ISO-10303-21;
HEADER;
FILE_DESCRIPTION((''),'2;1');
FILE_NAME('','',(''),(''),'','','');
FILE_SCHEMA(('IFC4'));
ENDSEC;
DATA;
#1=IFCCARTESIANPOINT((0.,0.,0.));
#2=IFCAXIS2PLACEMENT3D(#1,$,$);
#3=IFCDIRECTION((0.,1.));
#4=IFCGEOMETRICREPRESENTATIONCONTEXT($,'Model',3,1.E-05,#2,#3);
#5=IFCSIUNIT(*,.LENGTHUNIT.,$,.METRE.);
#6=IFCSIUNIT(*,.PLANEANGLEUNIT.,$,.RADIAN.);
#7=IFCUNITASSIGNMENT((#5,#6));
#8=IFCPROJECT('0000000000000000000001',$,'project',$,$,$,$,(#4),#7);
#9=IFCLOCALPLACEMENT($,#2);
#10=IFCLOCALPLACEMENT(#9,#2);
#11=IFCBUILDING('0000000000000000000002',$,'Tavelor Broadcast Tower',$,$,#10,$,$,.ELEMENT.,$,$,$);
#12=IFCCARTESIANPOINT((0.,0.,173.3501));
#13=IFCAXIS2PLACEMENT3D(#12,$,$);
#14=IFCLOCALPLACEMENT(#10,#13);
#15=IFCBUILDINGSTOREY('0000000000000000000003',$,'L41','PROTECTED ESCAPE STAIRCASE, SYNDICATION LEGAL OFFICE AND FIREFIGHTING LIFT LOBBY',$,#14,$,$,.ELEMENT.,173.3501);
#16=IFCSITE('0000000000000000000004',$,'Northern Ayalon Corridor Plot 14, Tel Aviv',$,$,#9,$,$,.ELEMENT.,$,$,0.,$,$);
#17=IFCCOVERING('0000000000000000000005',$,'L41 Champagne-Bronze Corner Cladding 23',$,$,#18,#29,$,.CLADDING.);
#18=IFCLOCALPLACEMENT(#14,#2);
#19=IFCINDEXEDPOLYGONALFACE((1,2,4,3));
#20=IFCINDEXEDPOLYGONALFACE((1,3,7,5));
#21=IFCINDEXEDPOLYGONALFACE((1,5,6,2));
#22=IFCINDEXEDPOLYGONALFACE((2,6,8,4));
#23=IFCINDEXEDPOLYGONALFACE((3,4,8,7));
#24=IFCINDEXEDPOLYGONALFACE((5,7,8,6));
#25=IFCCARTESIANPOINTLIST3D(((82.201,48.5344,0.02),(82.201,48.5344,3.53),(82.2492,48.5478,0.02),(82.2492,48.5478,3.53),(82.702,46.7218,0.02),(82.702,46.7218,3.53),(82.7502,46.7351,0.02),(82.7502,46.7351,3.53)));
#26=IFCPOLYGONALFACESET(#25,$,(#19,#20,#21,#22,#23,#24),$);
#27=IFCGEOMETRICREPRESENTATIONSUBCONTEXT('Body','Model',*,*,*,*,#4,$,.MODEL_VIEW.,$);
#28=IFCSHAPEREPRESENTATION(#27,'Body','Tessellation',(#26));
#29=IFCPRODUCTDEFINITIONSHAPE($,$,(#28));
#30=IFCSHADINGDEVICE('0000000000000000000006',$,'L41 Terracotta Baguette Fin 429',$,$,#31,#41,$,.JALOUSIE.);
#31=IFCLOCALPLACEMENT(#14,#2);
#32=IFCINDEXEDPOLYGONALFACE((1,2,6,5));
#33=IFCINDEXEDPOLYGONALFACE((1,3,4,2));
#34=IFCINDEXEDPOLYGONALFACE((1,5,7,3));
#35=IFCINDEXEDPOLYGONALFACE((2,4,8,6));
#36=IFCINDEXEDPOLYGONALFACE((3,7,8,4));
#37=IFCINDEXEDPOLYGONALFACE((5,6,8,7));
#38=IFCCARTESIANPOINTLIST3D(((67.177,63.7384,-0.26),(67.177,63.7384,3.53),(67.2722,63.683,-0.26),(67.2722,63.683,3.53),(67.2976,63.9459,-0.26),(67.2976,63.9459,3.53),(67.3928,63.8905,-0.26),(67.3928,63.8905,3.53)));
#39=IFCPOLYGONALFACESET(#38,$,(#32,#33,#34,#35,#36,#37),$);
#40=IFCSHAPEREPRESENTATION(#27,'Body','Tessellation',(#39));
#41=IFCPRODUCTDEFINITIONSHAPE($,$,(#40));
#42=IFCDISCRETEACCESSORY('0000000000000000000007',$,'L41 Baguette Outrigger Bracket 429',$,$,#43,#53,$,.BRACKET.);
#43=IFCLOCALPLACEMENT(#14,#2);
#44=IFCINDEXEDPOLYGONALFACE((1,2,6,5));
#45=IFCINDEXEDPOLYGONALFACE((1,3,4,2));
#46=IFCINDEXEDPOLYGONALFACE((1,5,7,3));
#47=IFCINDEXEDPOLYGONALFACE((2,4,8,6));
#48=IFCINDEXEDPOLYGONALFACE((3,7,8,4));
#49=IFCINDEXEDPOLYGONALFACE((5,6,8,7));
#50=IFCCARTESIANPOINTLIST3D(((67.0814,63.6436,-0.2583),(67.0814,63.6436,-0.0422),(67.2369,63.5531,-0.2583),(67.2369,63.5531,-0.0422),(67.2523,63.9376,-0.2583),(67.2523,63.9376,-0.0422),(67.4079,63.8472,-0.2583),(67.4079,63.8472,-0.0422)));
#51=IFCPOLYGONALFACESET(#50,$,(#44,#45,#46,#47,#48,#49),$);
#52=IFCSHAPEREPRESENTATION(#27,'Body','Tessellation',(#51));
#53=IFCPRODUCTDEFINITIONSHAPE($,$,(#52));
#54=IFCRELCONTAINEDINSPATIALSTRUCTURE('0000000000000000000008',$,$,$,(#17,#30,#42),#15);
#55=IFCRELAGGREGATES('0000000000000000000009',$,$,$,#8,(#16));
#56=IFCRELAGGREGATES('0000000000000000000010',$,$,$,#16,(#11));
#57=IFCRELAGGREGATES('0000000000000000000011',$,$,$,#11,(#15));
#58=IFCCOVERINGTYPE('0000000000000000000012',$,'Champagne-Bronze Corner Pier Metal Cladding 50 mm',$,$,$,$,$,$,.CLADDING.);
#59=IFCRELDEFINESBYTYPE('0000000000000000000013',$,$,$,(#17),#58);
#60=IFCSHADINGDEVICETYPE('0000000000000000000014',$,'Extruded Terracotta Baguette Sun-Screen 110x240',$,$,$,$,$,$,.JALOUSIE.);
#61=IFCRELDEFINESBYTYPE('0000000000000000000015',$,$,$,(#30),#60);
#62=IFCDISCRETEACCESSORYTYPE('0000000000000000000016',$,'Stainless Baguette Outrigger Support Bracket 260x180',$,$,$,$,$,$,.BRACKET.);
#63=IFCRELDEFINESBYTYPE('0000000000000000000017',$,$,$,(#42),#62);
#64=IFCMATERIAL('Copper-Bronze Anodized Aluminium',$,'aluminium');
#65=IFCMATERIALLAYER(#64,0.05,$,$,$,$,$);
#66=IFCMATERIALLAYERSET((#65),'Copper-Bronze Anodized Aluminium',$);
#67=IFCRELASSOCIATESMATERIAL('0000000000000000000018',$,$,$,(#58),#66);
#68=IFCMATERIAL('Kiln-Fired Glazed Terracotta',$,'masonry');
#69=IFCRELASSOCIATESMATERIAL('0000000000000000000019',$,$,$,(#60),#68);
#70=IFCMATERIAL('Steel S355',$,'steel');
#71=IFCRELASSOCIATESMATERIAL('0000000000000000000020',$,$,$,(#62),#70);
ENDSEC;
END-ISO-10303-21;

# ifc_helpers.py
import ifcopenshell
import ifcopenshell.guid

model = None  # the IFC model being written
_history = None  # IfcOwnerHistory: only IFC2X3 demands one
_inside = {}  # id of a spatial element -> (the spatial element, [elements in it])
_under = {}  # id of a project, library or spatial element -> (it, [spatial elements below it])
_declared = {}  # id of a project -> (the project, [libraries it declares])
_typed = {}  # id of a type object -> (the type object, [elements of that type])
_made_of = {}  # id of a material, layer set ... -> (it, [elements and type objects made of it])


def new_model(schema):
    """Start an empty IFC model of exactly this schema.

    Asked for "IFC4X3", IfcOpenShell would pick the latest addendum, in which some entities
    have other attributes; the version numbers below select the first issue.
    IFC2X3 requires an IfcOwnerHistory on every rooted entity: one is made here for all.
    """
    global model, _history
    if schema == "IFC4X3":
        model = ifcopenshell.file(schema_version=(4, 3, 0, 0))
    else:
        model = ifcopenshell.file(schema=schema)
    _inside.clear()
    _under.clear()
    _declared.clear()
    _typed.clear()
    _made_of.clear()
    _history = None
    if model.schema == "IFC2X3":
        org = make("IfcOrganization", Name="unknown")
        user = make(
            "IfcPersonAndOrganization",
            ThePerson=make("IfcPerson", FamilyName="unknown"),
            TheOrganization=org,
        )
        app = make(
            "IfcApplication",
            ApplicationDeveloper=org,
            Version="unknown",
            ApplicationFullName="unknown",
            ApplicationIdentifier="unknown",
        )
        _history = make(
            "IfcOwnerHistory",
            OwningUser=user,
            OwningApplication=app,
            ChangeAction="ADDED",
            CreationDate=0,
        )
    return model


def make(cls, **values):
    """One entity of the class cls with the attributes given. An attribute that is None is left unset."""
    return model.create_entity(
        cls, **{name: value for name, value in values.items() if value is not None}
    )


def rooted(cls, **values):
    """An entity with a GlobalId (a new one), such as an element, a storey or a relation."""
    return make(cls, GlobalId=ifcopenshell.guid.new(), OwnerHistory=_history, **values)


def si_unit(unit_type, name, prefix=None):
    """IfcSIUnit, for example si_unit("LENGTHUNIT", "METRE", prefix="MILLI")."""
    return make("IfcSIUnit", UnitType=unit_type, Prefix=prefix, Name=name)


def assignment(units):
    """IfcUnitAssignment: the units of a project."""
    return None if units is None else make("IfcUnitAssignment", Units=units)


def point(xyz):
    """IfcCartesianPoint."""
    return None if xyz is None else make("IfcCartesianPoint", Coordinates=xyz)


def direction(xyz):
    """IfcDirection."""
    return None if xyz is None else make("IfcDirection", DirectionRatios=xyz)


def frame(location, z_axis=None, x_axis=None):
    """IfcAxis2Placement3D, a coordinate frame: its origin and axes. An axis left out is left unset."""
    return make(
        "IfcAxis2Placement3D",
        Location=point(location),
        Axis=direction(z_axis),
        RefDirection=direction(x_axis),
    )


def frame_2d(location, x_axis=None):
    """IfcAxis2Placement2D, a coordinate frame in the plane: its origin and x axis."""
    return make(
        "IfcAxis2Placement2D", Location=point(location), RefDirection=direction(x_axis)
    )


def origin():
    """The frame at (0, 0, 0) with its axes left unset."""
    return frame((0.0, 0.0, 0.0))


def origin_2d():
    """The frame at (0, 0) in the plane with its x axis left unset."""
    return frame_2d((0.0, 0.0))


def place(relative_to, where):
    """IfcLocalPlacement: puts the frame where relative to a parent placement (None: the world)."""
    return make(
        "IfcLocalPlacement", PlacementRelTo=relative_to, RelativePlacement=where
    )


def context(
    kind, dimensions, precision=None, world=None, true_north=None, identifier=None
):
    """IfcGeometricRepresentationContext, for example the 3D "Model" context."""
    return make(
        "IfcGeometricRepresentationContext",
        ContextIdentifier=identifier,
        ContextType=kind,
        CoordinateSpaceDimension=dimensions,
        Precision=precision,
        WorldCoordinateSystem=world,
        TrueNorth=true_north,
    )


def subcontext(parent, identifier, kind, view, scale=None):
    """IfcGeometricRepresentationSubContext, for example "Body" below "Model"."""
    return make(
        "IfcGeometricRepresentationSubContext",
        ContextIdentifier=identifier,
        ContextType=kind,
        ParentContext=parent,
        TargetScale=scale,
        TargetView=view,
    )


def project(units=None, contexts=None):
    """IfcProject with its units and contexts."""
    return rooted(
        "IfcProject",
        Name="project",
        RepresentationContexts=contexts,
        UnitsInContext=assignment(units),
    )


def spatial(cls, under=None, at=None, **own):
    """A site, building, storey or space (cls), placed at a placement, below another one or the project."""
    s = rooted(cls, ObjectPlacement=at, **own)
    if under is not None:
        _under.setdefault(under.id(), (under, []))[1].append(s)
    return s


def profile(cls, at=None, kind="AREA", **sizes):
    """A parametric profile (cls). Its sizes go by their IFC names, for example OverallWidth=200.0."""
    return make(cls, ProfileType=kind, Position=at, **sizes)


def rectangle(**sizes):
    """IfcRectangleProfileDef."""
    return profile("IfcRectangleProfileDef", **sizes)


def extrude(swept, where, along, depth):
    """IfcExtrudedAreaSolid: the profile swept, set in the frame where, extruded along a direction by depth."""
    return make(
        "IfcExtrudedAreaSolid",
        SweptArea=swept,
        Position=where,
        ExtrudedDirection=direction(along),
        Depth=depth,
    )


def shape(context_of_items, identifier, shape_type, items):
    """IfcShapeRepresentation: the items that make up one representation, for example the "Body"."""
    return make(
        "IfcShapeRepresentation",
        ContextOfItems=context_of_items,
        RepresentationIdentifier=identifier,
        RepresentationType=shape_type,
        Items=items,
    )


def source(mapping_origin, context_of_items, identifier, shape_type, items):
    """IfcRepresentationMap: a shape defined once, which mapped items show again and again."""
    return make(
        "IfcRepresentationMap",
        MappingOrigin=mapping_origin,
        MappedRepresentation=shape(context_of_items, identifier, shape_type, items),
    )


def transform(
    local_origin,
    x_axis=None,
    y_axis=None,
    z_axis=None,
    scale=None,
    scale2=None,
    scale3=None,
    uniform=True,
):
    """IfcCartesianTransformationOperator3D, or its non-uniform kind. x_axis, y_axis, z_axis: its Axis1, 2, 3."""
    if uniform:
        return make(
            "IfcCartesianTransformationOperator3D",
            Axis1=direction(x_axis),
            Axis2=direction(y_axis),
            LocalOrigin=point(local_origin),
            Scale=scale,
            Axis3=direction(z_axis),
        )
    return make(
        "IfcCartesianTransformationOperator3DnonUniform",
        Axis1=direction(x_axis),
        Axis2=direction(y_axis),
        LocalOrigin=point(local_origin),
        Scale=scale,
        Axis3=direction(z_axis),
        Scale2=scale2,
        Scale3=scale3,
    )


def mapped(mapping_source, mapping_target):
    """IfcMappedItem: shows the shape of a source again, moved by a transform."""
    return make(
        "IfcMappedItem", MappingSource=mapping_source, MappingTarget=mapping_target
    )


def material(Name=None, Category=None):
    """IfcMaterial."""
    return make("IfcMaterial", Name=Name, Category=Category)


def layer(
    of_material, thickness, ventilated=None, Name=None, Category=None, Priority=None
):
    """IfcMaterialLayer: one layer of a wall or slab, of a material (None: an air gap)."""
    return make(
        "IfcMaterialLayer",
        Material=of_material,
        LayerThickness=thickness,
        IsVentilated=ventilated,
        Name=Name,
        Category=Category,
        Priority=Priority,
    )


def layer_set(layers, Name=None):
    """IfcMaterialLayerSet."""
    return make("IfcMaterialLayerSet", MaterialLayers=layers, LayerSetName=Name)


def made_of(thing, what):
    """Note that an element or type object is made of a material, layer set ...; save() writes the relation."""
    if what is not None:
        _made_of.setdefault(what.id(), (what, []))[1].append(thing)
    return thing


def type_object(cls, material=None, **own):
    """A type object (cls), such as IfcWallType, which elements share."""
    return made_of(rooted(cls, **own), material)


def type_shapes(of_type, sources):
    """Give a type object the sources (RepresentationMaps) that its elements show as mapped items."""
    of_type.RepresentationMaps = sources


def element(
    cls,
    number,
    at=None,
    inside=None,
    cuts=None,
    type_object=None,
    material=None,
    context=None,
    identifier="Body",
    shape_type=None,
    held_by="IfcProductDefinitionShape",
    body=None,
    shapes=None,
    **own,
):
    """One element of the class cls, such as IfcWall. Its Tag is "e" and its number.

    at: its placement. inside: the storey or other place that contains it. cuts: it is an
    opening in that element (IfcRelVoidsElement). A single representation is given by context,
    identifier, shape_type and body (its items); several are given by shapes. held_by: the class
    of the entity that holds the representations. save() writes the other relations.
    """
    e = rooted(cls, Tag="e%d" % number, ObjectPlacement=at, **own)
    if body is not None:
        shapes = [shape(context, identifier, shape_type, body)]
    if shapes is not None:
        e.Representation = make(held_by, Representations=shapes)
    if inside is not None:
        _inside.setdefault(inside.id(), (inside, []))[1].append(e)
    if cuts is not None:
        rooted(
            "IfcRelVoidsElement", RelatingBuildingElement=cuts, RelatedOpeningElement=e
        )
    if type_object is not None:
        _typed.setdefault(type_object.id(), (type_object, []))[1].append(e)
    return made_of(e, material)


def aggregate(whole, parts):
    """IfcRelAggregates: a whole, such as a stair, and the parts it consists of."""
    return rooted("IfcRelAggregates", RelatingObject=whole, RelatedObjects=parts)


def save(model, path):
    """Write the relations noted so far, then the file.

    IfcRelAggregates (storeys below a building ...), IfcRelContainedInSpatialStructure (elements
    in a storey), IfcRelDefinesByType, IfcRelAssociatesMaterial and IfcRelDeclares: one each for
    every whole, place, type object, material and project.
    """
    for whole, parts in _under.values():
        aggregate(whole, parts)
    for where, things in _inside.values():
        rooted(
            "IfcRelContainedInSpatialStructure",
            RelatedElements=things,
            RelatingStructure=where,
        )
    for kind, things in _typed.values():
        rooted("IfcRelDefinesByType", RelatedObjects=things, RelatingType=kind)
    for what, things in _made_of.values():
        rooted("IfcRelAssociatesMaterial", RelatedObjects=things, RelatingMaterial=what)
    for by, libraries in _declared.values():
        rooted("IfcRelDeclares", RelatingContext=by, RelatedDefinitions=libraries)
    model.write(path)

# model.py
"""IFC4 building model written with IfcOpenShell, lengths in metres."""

from ifc_helpers import new_model, si_unit, direction, frame, origin, origin_2d, place, context, subcontext, project, spatial, rectangle, extrude, source, transform, mapped, material, layer, layer_set, type_object, type_shapes, element, save


model = new_model("IFC4")

# Units and contexts
model_context = context("Model", 3, precision=1e-05, world=origin(), true_north=direction((0.0, 1.0)))
body_context = subcontext(model_context, "Body", "Model", "MODEL_VIEW")
ifc_project = project(units=[si_unit("LENGTHUNIT", "METRE"), si_unit("PLANEANGLEUNIT", "RADIAN")], contexts=[model_context])

# Site, building, storey
site_placement = place(None, origin())
site = spatial("IfcSite", under=ifc_project, at=site_placement, Name="Northern Ayalon Corridor Plot 14, Tel Aviv", CompositionType="ELEMENT", RefElevation=0.0)
building_placement = place(site_placement, origin())
building = spatial("IfcBuilding", under=site, at=building_placement, Name="Tavelor Broadcast Tower", CompositionType="ELEMENT")
storey_placement = place(building_placement, frame((0.0, 0.0, 173.3501)))
storey = spatial("IfcBuildingStorey", under=building, at=storey_placement, Name="L41", Description="PROTECTED ESCAPE STAIRCASE, SYNDICATION LEGAL OFFICE AND FIREFIGHTING LIFT LOBBY", CompositionType="ELEMENT", Elevation=173.3501)

# Shared definitions
ifc_material_1 = material(Name="Steel S355", Category="steel")

# Covering
ifc_material_2 = material(Name="Copper-Bronze Anodized Aluminium", Category="aluminium")
ifc_layer_1 = layer(ifc_material_2, 0.05)
ifc_layer_set_1 = layer_set([ifc_layer_1], Name="Copper-Bronze Anodized Aluminium")
covering_type = type_object("IfcCoveringType", Name="Champagne-Bronze Corner Pier Metal Cladding 50 mm", PredefinedType="CLADDING", material=ifc_layer_set_1)
covering_placement = place(storey_placement, frame((82.4756, 47.6348, 0.02), z_axis=(0.0, 0.0, 1.0), x_axis=(-0.266397, 0.963863, 0.0)))
element("IfcCovering", 1, at=covering_placement, inside=storey, type_object=covering_type, Name="L41 Champagne-Bronze Corner Cladding 23", PredefinedType="CLADDING", context=body_context, shape_type="SweptSolid", body=[
    extrude(rectangle(XDim=1.8806, YDim=0.05, at=origin_2d()), origin(), (0.0, 0.0, 1.0), 3.51),
])

# Shading device
ifc_material_3 = material(Name="Kiln-Fired Glazed Terracotta", Category="masonry")
shading_device_type = type_object("IfcShadingDeviceType", Name="Extruded Terracotta Baguette Sun-Screen 110x240", PredefinedType="JALOUSIE", material=ifc_material_3)
shared_shape_1 = source(origin(), body_context, "Body", "SweptSolid", [
    extrude(rectangle(XDim=0.1101, YDim=0.24, at=origin_2d()), origin(), (0.0, 0.0, 1.0), 3.79),
])
type_shapes(shading_device_type, [shared_shape_1])
shading_device_placement = place(storey_placement, frame((67.2849, 63.8145, -0.26), z_axis=(0.0, 0.0, 1.0), x_axis=(-0.864538, 0.502567, 0.0)))
element("IfcShadingDevice", 2, at=shading_device_placement, inside=storey, type_object=shading_device_type, Name="L41 Terracotta Baguette Fin 429", PredefinedType="JALOUSIE", context=body_context, shape_type="MappedRepresentation", body=[
    mapped(shared_shape_1, transform((0.0, 0.0, 0.0), scale=1.0)),
])

# Discrete accessory
discrete_accessory_type = type_object("IfcDiscreteAccessoryType", Name="Stainless Baguette Outrigger Support Bracket 260x180", PredefinedType="BRACKET", material=ifc_material_1)
shared_shape_2 = source(origin(), body_context, "Body", "SweptSolid", [
    extrude(rectangle(XDim=0.1799, YDim=0.3401, at=origin_2d()), origin(), (0.0, 0.0, 1.0), 0.2161),
])
type_shapes(discrete_accessory_type, [shared_shape_2])
discrete_accessory_placement = place(storey_placement, frame((67.2446, 63.7454, -0.2583), z_axis=(0.0, 0.0, 1.0), x_axis=(-0.864538, 0.502567, 0.0)))
element("IfcDiscreteAccessory", 3, at=discrete_accessory_placement, inside=storey, type_object=discrete_accessory_type, Name="L41 Baguette Outrigger Bracket 429", PredefinedType="BRACKET", context=body_context, shape_type="MappedRepresentation", body=[
    mapped(shared_shape_2, transform((0.0, 0.0, 0.0), scale=1.0)),
])

save(model, "model.ifc")
